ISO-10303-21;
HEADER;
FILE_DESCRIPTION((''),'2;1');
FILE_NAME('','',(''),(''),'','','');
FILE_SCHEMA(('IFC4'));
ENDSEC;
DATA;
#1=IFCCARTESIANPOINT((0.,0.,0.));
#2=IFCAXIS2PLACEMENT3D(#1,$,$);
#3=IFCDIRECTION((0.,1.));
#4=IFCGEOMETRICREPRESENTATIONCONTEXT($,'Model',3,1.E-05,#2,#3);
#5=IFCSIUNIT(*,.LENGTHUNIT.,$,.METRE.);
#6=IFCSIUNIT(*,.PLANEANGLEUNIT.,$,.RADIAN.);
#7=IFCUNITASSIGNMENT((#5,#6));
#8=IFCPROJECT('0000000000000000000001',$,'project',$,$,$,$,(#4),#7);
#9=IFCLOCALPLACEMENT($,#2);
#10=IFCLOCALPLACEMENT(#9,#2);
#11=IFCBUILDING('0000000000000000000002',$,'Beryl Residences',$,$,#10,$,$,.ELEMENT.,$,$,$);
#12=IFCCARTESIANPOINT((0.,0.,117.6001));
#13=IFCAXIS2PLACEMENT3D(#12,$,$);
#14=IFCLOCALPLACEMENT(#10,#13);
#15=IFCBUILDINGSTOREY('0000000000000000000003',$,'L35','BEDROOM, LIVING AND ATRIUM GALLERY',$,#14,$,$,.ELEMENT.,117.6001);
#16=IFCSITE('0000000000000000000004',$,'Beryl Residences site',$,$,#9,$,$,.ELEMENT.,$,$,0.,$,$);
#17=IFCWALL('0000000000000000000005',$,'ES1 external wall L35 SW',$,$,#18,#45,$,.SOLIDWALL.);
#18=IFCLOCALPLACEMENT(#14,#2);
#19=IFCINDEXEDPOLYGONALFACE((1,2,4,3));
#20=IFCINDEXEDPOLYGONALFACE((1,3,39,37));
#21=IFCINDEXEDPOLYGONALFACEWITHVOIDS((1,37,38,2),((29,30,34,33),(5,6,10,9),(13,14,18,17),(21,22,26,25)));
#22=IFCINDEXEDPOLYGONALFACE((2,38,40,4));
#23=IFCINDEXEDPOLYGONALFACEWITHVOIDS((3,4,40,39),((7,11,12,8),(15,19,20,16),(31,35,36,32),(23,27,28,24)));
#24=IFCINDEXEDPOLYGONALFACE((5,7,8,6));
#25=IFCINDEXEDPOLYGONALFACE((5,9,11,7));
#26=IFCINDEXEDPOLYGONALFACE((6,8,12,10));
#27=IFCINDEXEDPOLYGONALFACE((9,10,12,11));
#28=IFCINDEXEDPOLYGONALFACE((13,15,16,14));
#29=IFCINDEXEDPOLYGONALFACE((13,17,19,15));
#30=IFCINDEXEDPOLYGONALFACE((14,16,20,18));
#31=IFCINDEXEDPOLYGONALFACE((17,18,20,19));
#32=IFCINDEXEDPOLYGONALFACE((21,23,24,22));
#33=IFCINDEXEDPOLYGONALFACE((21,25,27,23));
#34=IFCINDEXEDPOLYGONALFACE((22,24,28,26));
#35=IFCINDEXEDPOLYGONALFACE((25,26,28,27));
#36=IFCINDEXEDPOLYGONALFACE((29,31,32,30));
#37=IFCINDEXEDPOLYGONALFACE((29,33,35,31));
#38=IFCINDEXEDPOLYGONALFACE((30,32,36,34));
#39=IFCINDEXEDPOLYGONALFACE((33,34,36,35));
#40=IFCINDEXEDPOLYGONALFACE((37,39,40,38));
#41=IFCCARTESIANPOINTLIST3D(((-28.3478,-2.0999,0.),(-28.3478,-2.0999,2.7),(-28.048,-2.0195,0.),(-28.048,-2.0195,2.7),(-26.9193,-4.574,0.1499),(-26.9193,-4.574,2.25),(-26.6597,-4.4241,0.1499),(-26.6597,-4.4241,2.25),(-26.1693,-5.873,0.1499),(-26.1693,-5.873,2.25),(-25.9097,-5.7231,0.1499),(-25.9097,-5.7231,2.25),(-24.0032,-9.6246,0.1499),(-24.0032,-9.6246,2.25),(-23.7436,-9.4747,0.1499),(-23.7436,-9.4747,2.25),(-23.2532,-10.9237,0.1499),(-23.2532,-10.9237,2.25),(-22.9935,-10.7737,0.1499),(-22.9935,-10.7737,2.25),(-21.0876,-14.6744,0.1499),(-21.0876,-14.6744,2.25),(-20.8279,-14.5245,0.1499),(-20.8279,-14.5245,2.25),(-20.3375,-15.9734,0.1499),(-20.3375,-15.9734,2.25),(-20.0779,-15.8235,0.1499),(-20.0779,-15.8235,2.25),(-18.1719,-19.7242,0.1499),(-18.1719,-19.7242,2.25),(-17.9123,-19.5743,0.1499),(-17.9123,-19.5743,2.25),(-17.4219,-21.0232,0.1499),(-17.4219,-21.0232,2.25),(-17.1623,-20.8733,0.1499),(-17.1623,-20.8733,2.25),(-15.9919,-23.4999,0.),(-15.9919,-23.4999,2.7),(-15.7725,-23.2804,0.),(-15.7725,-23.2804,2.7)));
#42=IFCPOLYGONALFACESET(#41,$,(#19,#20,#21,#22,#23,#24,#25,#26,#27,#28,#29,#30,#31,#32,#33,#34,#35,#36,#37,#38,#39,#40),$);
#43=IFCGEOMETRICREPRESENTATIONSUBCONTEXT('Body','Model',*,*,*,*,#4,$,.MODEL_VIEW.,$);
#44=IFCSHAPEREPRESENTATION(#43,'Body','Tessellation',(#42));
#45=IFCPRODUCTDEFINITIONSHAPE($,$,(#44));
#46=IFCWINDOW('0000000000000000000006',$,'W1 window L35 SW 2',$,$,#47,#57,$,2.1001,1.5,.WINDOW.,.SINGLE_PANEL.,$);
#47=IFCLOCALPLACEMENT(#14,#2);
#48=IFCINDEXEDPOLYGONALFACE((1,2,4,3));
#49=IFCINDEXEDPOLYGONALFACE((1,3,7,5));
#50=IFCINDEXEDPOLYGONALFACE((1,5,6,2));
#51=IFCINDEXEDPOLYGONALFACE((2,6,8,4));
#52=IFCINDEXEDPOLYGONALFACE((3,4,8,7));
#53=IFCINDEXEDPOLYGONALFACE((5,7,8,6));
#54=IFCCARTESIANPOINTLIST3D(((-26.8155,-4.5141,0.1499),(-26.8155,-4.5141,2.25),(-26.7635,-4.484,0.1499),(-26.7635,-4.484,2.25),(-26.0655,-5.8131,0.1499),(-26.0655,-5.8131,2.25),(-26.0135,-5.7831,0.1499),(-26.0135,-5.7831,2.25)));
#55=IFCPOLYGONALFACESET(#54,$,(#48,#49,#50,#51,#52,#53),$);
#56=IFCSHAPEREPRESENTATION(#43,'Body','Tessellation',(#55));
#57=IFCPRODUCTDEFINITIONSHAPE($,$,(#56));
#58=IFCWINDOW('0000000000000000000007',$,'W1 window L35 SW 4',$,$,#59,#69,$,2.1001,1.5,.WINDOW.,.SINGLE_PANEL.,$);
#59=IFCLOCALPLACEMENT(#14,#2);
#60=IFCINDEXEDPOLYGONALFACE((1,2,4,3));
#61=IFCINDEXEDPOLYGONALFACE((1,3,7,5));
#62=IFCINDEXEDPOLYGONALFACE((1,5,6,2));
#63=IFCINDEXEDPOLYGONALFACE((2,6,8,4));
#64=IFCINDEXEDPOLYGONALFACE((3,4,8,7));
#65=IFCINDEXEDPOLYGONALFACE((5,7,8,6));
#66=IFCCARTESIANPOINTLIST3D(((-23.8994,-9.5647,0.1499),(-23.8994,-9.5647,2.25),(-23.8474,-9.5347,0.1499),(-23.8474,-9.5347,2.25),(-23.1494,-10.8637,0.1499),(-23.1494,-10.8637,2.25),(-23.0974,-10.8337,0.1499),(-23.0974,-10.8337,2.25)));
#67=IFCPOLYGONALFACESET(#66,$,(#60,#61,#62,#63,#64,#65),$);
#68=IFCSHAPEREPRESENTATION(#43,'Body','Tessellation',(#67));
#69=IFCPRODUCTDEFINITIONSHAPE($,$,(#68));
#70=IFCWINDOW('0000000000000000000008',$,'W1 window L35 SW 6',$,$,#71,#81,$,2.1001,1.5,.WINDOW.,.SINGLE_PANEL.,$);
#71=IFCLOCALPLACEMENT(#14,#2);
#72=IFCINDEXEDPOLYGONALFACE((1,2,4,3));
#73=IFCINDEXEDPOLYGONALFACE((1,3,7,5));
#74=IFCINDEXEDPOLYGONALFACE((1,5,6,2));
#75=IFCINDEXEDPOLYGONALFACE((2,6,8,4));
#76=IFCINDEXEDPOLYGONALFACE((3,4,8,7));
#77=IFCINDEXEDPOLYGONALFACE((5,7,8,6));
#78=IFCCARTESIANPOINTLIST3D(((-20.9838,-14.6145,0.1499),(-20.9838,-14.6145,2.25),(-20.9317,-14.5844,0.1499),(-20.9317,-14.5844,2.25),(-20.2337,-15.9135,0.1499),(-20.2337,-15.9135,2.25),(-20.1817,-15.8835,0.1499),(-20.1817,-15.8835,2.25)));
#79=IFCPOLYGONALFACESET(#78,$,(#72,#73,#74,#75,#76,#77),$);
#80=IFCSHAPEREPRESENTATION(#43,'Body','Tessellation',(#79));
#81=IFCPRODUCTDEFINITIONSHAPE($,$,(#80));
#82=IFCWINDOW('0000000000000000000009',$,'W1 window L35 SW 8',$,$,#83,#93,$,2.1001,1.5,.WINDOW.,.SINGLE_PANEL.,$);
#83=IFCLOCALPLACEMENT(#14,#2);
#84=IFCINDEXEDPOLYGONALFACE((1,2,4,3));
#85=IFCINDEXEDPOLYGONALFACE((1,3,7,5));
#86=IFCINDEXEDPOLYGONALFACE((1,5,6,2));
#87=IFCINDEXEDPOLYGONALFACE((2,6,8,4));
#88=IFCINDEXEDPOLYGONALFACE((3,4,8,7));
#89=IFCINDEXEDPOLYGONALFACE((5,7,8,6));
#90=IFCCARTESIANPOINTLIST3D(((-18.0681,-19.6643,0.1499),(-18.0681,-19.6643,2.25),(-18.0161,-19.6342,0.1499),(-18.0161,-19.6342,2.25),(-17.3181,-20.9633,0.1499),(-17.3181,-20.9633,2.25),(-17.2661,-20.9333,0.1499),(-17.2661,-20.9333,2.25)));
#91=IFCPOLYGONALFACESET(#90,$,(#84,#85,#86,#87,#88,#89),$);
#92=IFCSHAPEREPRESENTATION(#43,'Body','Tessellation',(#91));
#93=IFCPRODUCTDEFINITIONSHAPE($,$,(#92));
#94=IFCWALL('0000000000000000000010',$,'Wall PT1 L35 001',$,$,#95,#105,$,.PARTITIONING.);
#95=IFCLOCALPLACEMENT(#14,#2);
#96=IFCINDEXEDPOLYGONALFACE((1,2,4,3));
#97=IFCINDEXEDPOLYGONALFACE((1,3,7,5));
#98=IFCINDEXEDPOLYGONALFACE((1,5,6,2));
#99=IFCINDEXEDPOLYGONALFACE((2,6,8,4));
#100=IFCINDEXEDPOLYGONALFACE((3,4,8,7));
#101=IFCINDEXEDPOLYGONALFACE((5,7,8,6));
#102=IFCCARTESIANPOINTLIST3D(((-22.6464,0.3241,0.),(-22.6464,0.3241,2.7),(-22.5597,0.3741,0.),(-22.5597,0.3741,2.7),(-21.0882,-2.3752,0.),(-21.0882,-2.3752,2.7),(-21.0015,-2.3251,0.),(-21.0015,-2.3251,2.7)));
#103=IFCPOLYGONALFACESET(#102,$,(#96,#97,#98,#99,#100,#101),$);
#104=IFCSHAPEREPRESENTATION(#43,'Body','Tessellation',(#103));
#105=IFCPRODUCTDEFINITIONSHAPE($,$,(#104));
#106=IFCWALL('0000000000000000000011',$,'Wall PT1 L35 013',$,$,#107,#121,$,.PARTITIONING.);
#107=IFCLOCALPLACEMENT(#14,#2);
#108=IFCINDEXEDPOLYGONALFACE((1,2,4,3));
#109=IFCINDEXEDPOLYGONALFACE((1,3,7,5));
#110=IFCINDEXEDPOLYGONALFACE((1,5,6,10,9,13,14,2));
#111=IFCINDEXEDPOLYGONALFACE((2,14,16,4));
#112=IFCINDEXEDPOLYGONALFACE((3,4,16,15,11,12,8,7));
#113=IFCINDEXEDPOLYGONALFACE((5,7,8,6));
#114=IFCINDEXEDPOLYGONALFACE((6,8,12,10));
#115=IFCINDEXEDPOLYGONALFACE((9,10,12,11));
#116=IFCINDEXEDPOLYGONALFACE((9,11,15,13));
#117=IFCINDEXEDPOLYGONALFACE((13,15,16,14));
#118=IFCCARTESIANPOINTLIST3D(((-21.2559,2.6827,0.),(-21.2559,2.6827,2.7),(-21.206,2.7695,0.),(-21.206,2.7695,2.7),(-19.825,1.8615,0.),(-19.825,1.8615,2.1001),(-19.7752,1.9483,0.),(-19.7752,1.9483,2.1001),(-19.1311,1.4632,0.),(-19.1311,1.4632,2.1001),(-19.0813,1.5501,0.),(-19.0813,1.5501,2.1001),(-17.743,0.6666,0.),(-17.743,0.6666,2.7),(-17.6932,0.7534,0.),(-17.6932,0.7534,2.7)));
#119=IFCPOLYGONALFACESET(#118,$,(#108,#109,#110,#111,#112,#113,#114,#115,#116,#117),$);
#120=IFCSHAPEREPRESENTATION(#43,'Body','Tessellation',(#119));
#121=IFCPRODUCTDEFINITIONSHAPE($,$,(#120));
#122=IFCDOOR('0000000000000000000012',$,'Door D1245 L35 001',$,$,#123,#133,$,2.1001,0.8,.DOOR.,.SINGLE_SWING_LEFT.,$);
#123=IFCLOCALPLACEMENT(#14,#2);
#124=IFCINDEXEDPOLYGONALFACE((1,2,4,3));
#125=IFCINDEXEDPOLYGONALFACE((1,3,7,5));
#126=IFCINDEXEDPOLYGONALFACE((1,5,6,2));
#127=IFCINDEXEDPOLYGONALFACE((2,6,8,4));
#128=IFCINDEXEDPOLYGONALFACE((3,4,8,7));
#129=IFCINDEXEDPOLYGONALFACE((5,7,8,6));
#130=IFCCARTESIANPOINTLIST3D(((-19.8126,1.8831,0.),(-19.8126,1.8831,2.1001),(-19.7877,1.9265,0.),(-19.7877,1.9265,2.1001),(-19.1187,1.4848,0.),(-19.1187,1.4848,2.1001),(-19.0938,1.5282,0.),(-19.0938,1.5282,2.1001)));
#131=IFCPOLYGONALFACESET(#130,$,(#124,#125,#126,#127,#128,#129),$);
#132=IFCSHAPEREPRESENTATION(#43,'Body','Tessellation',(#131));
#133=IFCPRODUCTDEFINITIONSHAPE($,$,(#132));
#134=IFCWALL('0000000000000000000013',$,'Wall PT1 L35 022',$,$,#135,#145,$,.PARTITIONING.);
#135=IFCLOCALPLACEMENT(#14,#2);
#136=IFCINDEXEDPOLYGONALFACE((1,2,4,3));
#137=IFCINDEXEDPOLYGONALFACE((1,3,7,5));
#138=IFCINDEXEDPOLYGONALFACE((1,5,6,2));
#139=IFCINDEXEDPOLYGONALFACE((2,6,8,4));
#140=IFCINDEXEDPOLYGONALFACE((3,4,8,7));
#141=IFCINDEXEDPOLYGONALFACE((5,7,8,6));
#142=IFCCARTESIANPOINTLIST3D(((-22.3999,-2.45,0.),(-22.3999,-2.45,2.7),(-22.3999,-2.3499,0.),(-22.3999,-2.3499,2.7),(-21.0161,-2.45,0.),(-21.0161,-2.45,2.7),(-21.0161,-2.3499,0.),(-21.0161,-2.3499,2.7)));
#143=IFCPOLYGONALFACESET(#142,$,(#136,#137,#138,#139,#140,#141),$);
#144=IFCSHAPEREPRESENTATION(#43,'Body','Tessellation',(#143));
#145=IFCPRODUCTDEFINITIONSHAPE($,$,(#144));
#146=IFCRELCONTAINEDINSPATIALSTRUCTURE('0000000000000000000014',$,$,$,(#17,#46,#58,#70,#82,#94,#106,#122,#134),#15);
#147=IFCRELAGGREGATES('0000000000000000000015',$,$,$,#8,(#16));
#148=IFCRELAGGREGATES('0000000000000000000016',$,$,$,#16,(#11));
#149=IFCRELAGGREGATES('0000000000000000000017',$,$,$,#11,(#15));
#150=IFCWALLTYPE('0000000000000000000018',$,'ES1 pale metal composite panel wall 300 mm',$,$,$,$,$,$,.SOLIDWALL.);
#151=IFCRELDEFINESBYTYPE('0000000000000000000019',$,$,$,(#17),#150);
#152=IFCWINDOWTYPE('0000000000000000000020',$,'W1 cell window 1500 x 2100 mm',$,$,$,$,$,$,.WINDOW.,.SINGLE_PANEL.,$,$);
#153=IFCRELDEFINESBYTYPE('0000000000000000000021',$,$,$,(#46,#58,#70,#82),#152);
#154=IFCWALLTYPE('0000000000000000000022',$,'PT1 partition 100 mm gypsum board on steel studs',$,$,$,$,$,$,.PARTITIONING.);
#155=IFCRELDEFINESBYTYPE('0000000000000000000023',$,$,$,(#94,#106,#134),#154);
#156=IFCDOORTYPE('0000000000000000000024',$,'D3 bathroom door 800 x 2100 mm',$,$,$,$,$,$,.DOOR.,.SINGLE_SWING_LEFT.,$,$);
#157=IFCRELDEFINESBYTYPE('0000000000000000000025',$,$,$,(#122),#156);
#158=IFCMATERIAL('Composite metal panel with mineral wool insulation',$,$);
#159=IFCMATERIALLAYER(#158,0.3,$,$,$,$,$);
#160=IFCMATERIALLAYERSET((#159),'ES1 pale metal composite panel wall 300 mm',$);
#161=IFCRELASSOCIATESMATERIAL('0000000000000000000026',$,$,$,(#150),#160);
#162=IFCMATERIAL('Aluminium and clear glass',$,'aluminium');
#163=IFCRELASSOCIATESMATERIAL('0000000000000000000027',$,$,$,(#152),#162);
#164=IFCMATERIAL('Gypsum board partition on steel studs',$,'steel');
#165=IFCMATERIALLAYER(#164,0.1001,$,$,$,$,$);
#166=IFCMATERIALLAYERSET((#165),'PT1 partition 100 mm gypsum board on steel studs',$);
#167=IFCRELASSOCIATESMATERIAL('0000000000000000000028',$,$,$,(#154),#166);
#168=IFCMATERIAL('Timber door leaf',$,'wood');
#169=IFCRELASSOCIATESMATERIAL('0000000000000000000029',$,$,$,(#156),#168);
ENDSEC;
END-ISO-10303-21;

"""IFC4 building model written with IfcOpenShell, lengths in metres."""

from ifc_helpers import new_model, si_unit, direction, frame, frame_2d, origin, place, context, subcontext, project, spatial, polyline, rectangle, outline, extrude, material, layer, layer_set, type_object, element, fill, save


model = new_model("IFC4")

# Units and contexts
model_context = context("Model", 3, precision=1e-05, world=origin(), true_north=direction((0.0, 1.0)))
body_context = subcontext(model_context, "Body", "Model", "MODEL_VIEW")
ifc_project = project(units=[si_unit("LENGTHUNIT", "METRE"), si_unit("PLANEANGLEUNIT", "RADIAN")], contexts=[model_context])

# Site, building, storey
site_placement = place(None, origin())
site = spatial("IfcSite", under=ifc_project, at=site_placement, Name="Beryl Residences site", CompositionType="ELEMENT", RefElevation=0.0)
building_placement = place(site_placement, origin())
building = spatial("IfcBuilding", under=site, at=building_placement, Name="Beryl Residences", CompositionType="ELEMENT")
storey_placement = place(building_placement, frame((0.0, 0.0, 117.6001)))
storey = spatial("IfcBuildingStorey", under=building, at=storey_placement, Name="L35", Description="BEDROOM, LIVING AND ATRIUM GALLERY", CompositionType="ELEMENT", Elevation=117.6001)

# Shared definitions
ifc_material_1 = material(Name="Composite metal panel with mineral wool insulation")
ifc_layer_1 = layer(ifc_material_1, 0.3)
ifc_layer_set_1 = layer_set([ifc_layer_1], Name="ES1 pale metal composite panel wall 300 mm")
wall_type_1 = type_object("IfcWallType", Name="ES1 pale metal composite panel wall 300 mm", PredefinedType="SOLIDWALL", material=ifc_layer_set_1)

# Wall, openings, windows
wall_1_placement = place(storey_placement, frame((-28.218, -2.0249, 0.0), z_axis=(0.0, 0.0, 1.0), x_axis=(0.500018, -0.866015, 0.0)))
wall_1 = element("IfcWall", 1, at=wall_1_placement, inside=storey, type_object=wall_type_1, Name="ES1 external wall L35 SW", PredefinedType="SOLIDWALL", context=body_context, shape_type="SweptSolid", body=[
    extrude(outline(polyline([(0.0, -0.1499), (24.7109, -0.1499), (24.6306, 0.1499), (0.0803, 0.1499), (0.0, -0.1499)])), origin(), (0.0, 0.0, 1.0), 2.7),
])
opening_1_placement = place(wall_1_placement, frame((2.8569, 0.0, 0.1499)))
opening_1 = element("IfcOpeningElement", 2, at=opening_1_placement, cuts=wall_1, PredefinedType="OPENING", context=body_context, shape_type="SweptSolid", body=[
    extrude(rectangle(XDim=1.5, YDim=2.1001, at=frame_2d((0.75, 1.05))), frame((0.0, 0.1599, 0.0), z_axis=(0.0, -1.0, 0.0), x_axis=(1.0, 0.0, 0.0)), (0.0, 0.0, 1.0), 0.3201),
])
opening_2_placement = place(wall_1_placement, frame((8.689, 0.0, 0.1499)))
opening_2 = element("IfcOpeningElement", 3, at=opening_2_placement, cuts=wall_1, PredefinedType="OPENING", context=body_context, shape_type="SweptSolid", body=[
    extrude(rectangle(XDim=1.5, YDim=2.1001, at=frame_2d((0.75, 1.05))), frame((0.0, 0.1599, 0.0), z_axis=(0.0, -1.0, 0.0), x_axis=(1.0, 0.0, 0.0)), (0.0, 0.0, 1.0), 0.3201),
])
opening_3_placement = place(wall_1_placement, frame((14.52, 0.0, 0.1499)))
opening_3 = element("IfcOpeningElement", 4, at=opening_3_placement, cuts=wall_1, PredefinedType="OPENING", context=body_context, shape_type="SweptSolid", body=[
    extrude(rectangle(XDim=1.5, YDim=2.1001, at=frame_2d((0.75, 1.05))), frame((0.0, 0.1599, 0.0), z_axis=(0.0, -1.0, 0.0), x_axis=(1.0, 0.0, 0.0)), (0.0, 0.0, 1.0), 0.3201),
])
opening_4_placement = place(wall_1_placement, frame((20.3511, 0.0, 0.1499)))
opening_4 = element("IfcOpeningElement", 5, at=opening_4_placement, cuts=wall_1, PredefinedType="OPENING", context=body_context, shape_type="SweptSolid", body=[
    extrude(rectangle(XDim=1.5, YDim=2.1001, at=frame_2d((0.75, 1.05))), frame((0.0, 0.1599, 0.0), z_axis=(0.0, -1.0, 0.0), x_axis=(1.0, 0.0, 0.0)), (0.0, 0.0, 1.0), 0.3201),
])
ifc_material_2 = material(Name="Aluminium and clear glass", Category="aluminium")
window_type_1 = type_object("IfcWindowType", Name="W1 cell window 1500 x 2100 mm", PartitioningType="SINGLE_PANEL", PredefinedType="WINDOW", material=ifc_material_2)
window_1_placement = place(opening_1_placement, origin())
window_1 = element("IfcWindow", 6, at=window_1_placement, inside=storey, type_object=window_type_1, Name="W1 window L35 SW 2", OverallHeight=2.1001, OverallWidth=1.5, PartitioningType="SINGLE_PANEL", PredefinedType="WINDOW", context=body_context, shape_type="SweptSolid", body=[
    extrude(rectangle(XDim=1.5, YDim=2.1001, at=frame_2d((0.75, 1.05))), frame((0.0, 0.03, 0.0), z_axis=(0.0, -1.0, 0.0), x_axis=(1.0, 0.0, 0.0)), (0.0, 0.0, 1.0), 0.0601),
])
fill(opening_1, window_1)
window_2_placement = place(opening_2_placement, origin())
window_2 = element("IfcWindow", 7, at=window_2_placement, inside=storey, type_object=window_type_1, Name="W1 window L35 SW 4", OverallHeight=2.1001, OverallWidth=1.5, PartitioningType="SINGLE_PANEL", PredefinedType="WINDOW", context=body_context, shape_type="SweptSolid", body=[
    extrude(rectangle(XDim=1.5, YDim=2.1001, at=frame_2d((0.75, 1.05))), frame((0.0, 0.03, 0.0), z_axis=(0.0, -1.0, 0.0), x_axis=(1.0, 0.0, 0.0)), (0.0, 0.0, 1.0), 0.0601),
])
fill(opening_2, window_2)
window_3_placement = place(opening_3_placement, origin())
window_3 = element("IfcWindow", 8, at=window_3_placement, inside=storey, type_object=window_type_1, Name="W1 window L35 SW 6", OverallHeight=2.1001, OverallWidth=1.5, PartitioningType="SINGLE_PANEL", PredefinedType="WINDOW", context=body_context, shape_type="SweptSolid", body=[
    extrude(rectangle(XDim=1.5, YDim=2.1001, at=frame_2d((0.75, 1.05))), frame((0.0, 0.03, 0.0), z_axis=(0.0, -1.0, 0.0), x_axis=(1.0, 0.0, 0.0)), (0.0, 0.0, 1.0), 0.0601),
])
fill(opening_3, window_3)
window_4_placement = place(opening_4_placement, origin())
window_4 = element("IfcWindow", 9, at=window_4_placement, inside=storey, type_object=window_type_1, Name="W1 window L35 SW 8", OverallHeight=2.1001, OverallWidth=1.5, PartitioningType="SINGLE_PANEL", PredefinedType="WINDOW", context=body_context, shape_type="SweptSolid", body=[
    extrude(rectangle(XDim=1.5, YDim=2.1001, at=frame_2d((0.75, 1.05))), frame((0.0, 0.03, 0.0), z_axis=(0.0, -1.0, 0.0), x_axis=(1.0, 0.0, 0.0)), (0.0, 0.0, 1.0), 0.0601),
])
fill(opening_4, window_4)

# Wall
ifc_material_3 = material(Name="Gypsum board partition on steel studs", Category="steel")
ifc_layer_2 = layer(ifc_material_3, 0.1001)
ifc_layer_set_2 = layer_set([ifc_layer_2], Name="PT1 partition 100 mm gypsum board on steel studs")
wall_type_2 = type_object("IfcWallType", Name="PT1 partition 100 mm gypsum board on steel studs", PredefinedType="PARTITIONING", material=ifc_layer_set_2)
wall_2_placement = place(storey_placement, frame((-22.603, 0.3491, 0.0), z_axis=(0.0, 0.0, 1.0), x_axis=(0.49993, -0.866066, 0.0)))
element("IfcWall", 10, at=wall_2_placement, inside=storey, type_object=wall_type_2, Name="Wall PT1 L35 001", PredefinedType="PARTITIONING", context=body_context, shape_type="SweptSolid", body=[
    extrude(rectangle(XDim=3.1167, YDim=0.1001, at=frame_2d((1.5583, 0.0))), origin(), (0.0, 0.0, 1.0), 2.7),
])

# Wall, opening, door
wall_3_placement = place(storey_placement, frame((-21.231, 2.7261, 0.0), z_axis=(0.0, 0.0, 1.0), x_axis=(0.867314, -0.497761, 0.0)))
wall_3 = element("IfcWall", 11, at=wall_3_placement, inside=storey, type_object=wall_type_2, Name="Wall PT1 L35 013", PredefinedType="PARTITIONING", context=body_context, shape_type="SweptSolid", body=[
    extrude(rectangle(XDim=4.0503, YDim=0.1001, at=frame_2d((2.0251, 0.0))), origin(), (0.0, 0.0, 1.0), 2.7),
])
opening_5_placement = place(wall_3_placement, frame((1.6499, 0.0, 0.0)))
opening_5 = element("IfcOpeningElement", 12, at=opening_5_placement, cuts=wall_3, PredefinedType="OPENING", context=body_context, shape_type="SweptSolid", body=[
    extrude(rectangle(XDim=0.8, YDim=2.1001, at=frame_2d((0.3999, 1.05))), frame((0.0, 0.0601, 0.0), z_axis=(0.0, -1.0, 0.0), x_axis=(1.0, 0.0, 0.0)), (0.0, 0.0, 1.0), 0.1201),
])
ifc_material_4 = material(Name="Timber door leaf", Category="wood")
door_type_1 = type_object("IfcDoorType", Name="D3 bathroom door 800 x 2100 mm", OperationType="SINGLE_SWING_LEFT", PredefinedType="DOOR", material=ifc_material_4)
door_1_placement = place(opening_5_placement, origin())
door_1 = element("IfcDoor", 13, at=door_1_placement, inside=storey, type_object=door_type_1, Name="Door D1245 L35 001", OperationType="SINGLE_SWING_LEFT", OverallHeight=2.1001, OverallWidth=0.8, PredefinedType="DOOR", context=body_context, shape_type="SweptSolid", body=[
    extrude(rectangle(XDim=0.8, YDim=2.1001, at=frame_2d((0.3999, 1.05))), frame((0.0, 0.0249, 0.0), z_axis=(0.0, -1.0, 0.0), x_axis=(1.0, 0.0, 0.0)), (0.0, 0.0, 1.0), 0.05),
])
fill(opening_5, door_1)

# Wall
wall_4_placement = place(storey_placement, frame((-22.3999, -2.3999, 0.0), z_axis=(0.0, 0.0, 1.0), x_axis=(1.0, 0.0, 0.0)))
element("IfcWall", 14, at=wall_4_placement, inside=storey, type_object=wall_type_2, Name="Wall PT1 L35 022", PredefinedType="PARTITIONING", context=body_context, shape_type="SweptSolid", body=[
    extrude(rectangle(XDim=1.3838, YDim=0.1001, at=frame_2d((0.6919, 0.0))), origin(), (0.0, 0.0, 1.0), 2.7),
])

save(model, "model.ifc")
